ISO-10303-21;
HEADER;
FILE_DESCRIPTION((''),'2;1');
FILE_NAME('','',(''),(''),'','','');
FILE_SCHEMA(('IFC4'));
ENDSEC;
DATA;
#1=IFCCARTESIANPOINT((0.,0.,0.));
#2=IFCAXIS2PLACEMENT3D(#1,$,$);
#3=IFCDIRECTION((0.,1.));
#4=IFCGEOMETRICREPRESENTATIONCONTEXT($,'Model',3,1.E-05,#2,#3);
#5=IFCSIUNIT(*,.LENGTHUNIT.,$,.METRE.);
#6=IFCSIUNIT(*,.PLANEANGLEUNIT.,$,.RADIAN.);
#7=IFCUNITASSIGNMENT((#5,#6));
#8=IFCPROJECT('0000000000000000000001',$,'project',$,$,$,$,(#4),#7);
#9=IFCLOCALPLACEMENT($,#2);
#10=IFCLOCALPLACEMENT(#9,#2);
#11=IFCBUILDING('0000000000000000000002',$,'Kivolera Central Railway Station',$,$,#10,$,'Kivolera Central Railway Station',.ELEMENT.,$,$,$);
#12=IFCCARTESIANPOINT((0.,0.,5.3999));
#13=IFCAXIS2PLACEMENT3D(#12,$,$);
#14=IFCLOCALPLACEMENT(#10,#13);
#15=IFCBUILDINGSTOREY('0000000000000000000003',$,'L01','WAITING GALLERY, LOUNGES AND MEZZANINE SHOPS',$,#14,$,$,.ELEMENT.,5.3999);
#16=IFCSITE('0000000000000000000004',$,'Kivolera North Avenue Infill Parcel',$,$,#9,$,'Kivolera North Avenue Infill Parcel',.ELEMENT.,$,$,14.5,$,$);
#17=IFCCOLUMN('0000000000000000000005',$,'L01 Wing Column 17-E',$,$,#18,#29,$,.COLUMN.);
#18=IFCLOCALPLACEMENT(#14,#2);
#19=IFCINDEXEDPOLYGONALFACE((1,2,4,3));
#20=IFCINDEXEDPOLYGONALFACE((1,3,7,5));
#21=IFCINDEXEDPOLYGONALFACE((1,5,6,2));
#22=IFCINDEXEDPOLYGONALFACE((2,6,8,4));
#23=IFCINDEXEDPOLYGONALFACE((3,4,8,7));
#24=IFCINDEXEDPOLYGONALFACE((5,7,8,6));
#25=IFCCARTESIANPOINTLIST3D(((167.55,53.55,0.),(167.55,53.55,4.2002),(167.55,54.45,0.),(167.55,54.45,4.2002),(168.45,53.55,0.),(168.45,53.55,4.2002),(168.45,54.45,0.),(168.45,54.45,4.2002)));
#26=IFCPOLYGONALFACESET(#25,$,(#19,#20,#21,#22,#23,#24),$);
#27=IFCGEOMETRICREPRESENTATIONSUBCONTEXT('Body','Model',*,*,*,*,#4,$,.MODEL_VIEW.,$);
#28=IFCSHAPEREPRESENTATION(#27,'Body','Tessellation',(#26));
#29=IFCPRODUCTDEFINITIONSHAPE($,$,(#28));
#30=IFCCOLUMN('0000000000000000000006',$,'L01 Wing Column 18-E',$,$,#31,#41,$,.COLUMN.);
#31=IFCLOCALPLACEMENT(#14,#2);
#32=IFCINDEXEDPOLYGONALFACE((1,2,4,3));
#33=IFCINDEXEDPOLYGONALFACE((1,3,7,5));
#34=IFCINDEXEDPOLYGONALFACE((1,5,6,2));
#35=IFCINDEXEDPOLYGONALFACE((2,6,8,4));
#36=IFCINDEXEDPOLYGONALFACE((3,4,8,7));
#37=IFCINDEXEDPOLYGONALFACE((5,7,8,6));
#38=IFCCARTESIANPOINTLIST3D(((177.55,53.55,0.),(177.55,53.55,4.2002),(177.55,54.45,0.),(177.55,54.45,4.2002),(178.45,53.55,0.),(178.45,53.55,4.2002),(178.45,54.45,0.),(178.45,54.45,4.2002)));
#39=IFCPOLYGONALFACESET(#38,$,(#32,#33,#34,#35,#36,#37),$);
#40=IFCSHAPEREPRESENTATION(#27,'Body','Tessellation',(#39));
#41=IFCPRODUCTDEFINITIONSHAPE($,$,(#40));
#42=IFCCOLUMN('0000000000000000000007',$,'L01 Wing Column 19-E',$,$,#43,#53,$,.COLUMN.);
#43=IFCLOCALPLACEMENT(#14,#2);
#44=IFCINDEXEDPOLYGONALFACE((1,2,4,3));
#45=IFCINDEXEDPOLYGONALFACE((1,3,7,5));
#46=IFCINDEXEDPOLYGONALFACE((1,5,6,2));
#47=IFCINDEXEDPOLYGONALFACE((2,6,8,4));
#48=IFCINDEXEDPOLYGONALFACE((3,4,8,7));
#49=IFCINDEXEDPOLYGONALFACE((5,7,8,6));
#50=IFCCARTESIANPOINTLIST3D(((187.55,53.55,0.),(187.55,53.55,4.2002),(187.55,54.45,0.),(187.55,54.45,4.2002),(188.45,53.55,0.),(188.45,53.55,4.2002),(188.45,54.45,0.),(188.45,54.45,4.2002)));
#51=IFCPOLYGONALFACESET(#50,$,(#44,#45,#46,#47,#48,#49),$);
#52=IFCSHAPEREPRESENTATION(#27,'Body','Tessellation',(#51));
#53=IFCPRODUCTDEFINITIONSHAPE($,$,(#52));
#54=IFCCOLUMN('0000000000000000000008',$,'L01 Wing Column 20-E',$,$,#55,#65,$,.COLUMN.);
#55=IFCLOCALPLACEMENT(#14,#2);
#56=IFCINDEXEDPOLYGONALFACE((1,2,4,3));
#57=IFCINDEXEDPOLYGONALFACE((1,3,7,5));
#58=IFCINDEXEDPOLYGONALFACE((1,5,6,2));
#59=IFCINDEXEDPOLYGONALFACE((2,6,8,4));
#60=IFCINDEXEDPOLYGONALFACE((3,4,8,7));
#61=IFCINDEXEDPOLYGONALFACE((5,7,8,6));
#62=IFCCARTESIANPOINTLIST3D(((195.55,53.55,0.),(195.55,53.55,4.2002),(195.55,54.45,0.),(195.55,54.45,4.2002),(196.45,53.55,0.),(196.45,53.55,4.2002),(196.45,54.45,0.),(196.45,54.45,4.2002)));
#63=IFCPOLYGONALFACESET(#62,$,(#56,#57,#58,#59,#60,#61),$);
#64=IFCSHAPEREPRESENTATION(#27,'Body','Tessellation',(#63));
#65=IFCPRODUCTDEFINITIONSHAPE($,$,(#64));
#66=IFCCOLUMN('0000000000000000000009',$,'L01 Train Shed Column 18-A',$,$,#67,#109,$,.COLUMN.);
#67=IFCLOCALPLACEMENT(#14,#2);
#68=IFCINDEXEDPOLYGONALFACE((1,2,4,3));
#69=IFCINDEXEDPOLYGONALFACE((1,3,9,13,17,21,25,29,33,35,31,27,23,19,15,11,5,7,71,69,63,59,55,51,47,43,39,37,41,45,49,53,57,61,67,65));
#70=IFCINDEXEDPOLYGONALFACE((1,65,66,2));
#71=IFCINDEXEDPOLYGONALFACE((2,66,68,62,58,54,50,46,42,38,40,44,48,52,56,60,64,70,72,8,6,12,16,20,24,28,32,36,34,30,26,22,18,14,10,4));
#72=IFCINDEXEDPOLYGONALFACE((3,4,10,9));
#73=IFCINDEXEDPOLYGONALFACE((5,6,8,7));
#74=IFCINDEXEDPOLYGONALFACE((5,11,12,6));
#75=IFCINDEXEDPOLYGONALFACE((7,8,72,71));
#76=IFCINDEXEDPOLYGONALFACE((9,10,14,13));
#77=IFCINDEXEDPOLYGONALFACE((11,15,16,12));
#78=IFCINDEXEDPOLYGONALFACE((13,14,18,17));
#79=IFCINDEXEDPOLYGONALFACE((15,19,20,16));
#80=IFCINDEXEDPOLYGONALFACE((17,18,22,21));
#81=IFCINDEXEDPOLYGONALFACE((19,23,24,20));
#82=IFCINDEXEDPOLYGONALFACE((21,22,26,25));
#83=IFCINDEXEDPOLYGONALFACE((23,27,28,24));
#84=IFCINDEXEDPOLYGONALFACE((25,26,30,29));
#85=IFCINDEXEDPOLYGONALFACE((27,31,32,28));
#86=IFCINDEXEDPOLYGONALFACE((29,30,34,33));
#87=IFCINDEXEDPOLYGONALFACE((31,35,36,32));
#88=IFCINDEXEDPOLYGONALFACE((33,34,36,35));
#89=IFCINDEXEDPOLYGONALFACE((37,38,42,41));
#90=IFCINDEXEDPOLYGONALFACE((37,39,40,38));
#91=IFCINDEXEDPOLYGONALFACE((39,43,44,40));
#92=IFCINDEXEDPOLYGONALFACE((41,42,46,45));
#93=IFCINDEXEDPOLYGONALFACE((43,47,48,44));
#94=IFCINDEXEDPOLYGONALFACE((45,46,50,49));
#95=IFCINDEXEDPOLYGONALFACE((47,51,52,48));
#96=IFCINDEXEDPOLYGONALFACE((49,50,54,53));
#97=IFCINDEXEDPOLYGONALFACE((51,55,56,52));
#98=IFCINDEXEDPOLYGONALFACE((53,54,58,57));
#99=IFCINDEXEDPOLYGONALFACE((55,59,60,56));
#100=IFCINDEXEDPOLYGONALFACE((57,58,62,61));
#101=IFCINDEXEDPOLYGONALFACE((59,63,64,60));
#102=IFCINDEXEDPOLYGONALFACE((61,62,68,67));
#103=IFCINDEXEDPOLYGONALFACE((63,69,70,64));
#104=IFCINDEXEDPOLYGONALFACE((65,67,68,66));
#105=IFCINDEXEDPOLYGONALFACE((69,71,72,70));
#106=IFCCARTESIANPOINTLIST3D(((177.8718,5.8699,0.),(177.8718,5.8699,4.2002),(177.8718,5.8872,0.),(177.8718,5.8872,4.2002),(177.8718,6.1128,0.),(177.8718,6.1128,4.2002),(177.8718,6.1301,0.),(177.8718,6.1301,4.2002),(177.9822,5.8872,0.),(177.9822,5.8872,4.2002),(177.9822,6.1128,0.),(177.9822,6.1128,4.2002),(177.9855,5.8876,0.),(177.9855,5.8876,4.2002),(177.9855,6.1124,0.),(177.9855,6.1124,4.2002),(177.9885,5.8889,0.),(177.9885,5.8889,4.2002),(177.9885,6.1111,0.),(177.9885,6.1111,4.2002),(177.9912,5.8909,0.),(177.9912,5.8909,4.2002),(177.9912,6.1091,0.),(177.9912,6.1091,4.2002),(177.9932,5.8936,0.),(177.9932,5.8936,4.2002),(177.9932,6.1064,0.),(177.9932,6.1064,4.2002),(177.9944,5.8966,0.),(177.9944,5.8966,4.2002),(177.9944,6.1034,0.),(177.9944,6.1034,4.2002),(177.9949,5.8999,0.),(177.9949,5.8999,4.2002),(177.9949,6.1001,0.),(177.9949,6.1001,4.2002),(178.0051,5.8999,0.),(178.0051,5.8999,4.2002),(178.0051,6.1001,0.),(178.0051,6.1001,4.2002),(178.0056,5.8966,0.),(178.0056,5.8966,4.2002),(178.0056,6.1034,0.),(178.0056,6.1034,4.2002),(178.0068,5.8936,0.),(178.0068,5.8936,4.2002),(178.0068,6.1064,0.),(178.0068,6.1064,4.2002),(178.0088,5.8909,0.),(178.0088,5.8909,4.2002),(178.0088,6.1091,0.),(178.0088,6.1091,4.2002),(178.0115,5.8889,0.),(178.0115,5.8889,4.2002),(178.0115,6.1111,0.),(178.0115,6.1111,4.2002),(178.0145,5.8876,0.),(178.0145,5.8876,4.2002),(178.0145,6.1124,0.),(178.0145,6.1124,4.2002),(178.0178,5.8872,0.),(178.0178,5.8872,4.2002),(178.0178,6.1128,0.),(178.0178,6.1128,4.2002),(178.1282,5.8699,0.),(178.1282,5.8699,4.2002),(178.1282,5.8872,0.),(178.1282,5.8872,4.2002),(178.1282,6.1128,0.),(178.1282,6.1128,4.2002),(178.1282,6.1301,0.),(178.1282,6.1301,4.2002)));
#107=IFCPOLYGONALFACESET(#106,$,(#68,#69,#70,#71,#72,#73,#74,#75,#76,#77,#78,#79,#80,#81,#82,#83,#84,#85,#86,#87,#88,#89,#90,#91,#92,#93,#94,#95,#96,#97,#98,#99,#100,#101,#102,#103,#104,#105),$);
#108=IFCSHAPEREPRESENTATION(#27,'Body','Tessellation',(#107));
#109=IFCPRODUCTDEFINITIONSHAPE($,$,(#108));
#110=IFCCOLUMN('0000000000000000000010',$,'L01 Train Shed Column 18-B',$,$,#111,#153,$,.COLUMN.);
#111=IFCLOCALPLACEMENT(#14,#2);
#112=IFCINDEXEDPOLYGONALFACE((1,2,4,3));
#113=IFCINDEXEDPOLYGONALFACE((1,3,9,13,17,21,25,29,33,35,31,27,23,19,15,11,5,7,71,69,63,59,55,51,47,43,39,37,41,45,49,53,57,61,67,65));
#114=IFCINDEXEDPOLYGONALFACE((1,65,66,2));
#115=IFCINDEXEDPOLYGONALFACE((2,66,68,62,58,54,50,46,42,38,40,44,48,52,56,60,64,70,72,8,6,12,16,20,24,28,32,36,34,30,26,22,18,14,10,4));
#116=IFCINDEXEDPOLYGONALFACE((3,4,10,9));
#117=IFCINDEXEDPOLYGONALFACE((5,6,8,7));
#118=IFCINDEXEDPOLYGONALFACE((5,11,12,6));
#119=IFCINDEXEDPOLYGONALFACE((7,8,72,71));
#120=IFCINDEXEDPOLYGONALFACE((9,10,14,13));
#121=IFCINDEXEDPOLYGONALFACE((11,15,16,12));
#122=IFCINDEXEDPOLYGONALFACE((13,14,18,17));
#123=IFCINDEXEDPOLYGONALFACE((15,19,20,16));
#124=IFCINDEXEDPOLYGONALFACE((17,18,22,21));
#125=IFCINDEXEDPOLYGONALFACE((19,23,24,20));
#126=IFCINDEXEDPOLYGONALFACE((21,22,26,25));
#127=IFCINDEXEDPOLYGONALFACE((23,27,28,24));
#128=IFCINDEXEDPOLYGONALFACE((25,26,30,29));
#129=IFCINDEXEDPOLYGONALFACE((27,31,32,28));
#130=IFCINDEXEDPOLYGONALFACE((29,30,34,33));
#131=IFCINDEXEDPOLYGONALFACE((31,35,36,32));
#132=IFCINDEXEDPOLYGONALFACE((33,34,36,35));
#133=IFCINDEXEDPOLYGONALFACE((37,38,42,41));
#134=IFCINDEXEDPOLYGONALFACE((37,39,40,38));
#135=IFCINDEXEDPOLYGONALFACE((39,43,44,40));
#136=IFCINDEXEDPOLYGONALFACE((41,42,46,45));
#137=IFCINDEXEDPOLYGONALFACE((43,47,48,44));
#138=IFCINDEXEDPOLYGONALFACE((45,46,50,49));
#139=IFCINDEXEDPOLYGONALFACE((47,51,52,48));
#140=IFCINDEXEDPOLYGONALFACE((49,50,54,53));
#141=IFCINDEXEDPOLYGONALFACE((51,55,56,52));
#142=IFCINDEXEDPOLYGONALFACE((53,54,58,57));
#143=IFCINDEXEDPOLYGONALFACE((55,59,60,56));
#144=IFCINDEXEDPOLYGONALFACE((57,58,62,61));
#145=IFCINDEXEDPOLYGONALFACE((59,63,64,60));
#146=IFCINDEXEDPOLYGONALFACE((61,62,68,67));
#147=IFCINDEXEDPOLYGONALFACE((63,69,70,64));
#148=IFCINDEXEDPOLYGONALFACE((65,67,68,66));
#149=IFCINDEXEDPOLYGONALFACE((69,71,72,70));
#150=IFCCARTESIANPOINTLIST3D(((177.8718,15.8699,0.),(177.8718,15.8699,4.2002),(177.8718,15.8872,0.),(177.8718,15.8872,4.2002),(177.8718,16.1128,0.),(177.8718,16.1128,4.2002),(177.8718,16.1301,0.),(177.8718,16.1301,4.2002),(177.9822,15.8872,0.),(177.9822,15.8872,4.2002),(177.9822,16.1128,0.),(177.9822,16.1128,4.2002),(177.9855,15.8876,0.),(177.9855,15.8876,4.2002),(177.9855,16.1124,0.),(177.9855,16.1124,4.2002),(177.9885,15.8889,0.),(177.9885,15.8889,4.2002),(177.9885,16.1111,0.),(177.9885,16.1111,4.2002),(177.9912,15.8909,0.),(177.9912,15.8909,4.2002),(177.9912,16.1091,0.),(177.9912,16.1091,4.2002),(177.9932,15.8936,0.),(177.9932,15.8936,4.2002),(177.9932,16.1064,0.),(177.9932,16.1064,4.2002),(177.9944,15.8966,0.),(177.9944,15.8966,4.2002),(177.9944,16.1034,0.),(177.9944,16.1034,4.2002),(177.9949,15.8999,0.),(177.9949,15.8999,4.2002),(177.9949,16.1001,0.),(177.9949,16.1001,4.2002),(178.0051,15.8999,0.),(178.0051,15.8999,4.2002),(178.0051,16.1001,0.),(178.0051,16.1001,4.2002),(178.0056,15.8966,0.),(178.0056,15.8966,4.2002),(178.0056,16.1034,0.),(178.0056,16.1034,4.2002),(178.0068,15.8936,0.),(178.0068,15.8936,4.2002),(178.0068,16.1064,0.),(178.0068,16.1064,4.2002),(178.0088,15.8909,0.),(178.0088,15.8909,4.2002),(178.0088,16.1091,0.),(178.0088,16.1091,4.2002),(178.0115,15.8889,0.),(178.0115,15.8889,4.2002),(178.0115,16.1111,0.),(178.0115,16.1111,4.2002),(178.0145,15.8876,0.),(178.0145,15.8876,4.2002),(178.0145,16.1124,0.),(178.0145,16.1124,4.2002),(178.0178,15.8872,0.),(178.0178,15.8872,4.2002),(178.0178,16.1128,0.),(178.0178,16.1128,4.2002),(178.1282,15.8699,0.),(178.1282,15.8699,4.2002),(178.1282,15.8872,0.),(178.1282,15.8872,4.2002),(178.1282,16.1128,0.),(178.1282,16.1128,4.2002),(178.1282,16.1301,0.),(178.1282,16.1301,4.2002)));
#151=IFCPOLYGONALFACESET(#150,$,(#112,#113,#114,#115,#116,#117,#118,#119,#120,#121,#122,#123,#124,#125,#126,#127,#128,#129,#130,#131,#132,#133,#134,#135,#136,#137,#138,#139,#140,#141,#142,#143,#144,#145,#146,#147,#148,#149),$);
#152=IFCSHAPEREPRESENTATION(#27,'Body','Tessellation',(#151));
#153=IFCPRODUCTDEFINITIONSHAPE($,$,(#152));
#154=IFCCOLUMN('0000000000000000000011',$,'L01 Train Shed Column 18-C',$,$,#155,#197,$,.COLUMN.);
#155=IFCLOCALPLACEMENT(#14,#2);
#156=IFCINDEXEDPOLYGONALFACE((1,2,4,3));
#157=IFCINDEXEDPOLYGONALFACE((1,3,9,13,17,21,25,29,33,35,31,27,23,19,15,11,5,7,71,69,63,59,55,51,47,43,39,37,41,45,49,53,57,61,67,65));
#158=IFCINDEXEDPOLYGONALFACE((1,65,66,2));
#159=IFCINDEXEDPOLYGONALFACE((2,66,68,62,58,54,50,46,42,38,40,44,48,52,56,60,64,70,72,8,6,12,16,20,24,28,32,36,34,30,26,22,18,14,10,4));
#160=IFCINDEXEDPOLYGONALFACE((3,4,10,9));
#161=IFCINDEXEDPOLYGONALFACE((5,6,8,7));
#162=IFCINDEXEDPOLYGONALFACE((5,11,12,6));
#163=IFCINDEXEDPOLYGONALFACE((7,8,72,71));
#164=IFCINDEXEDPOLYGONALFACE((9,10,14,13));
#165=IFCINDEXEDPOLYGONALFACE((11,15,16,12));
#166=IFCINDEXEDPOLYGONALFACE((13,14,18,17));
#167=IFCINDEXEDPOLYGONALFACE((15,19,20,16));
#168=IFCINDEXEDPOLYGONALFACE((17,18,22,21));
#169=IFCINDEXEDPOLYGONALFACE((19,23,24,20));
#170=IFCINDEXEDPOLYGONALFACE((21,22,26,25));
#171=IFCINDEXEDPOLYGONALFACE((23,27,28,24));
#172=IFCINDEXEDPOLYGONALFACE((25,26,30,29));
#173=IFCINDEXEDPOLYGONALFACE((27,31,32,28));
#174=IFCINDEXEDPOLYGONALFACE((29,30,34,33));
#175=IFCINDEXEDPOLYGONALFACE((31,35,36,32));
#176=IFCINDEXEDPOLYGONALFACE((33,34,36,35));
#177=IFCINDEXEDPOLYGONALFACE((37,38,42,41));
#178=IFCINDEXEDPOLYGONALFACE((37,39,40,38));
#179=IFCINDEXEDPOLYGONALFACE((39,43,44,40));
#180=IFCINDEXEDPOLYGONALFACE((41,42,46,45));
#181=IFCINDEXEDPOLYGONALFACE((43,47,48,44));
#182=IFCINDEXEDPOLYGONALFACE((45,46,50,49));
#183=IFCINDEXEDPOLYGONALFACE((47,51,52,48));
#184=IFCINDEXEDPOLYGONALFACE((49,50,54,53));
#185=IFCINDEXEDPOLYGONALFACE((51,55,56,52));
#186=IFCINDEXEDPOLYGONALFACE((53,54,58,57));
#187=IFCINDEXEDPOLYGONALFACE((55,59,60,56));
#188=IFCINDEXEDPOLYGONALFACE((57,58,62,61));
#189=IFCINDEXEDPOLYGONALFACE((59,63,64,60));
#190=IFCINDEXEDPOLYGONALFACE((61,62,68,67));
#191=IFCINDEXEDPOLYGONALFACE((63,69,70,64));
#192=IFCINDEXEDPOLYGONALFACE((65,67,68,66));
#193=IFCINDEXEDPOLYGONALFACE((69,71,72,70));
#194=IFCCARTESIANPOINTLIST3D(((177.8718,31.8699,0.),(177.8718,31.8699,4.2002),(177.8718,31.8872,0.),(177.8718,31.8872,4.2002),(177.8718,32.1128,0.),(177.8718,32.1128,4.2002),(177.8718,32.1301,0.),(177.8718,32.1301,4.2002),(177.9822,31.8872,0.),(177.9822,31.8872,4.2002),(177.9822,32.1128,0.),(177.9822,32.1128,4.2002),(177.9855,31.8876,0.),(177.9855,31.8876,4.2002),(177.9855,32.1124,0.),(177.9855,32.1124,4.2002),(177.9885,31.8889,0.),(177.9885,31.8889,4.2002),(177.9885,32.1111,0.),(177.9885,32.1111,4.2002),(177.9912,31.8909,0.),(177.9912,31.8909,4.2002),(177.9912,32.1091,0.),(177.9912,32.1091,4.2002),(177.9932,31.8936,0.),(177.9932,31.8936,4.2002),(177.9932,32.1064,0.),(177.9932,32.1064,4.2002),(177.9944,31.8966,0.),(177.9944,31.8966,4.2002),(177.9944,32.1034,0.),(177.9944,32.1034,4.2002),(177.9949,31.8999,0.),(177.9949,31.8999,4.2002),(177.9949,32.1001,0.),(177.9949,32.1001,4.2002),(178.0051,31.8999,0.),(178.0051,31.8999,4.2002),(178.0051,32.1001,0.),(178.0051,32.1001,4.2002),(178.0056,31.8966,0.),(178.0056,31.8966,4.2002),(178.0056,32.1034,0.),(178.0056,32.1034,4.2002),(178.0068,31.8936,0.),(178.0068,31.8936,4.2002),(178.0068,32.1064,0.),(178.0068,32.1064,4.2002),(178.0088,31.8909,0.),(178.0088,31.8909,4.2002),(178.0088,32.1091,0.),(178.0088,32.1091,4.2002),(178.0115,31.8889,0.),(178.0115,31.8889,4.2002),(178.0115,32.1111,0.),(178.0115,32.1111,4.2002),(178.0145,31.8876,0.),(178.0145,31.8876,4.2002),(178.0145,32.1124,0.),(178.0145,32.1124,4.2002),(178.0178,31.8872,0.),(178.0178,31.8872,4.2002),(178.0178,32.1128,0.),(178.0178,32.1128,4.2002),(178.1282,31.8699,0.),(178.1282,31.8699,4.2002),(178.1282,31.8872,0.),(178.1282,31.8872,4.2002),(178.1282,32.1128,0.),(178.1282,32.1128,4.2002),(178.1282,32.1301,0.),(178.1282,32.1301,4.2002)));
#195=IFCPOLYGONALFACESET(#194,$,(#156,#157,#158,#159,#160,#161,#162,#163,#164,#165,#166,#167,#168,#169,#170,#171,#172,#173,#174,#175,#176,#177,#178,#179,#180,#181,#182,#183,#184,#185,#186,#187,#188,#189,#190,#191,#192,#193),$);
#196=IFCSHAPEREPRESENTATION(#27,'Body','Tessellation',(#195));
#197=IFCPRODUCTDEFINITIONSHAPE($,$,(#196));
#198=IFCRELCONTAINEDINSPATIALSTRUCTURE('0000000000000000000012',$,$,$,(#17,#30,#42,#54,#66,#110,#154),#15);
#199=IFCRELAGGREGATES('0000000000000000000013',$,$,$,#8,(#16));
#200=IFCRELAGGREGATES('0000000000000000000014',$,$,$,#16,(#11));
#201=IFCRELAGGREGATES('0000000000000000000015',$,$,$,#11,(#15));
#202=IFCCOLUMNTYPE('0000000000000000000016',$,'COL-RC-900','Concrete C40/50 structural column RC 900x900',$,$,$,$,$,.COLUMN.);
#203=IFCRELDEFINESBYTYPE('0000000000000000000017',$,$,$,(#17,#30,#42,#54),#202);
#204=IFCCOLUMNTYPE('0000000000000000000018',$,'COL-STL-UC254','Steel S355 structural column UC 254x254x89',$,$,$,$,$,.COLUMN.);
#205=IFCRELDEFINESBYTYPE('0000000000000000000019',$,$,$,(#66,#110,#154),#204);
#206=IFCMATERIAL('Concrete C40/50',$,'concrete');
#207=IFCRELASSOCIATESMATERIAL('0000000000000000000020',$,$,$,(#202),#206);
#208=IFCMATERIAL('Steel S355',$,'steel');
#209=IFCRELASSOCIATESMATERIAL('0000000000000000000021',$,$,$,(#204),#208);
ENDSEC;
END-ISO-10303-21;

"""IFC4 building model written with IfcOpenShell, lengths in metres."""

from ifc_helpers import new_model, si_unit, direction, frame, origin, origin_2d, place, context, subcontext, project, spatial, rectangle, i_section, extrude, material, material_profile, profile_set, type_object, element, save


model = new_model("IFC4")

# Units and contexts
model_context = context("Model", 3, precision=1e-05, world=origin(), true_north=direction((0.0, 1.0)))
body_context = subcontext(model_context, "Body", "Model", "MODEL_VIEW")
ifc_project = project(units=[si_unit("LENGTHUNIT", "METRE"), si_unit("PLANEANGLEUNIT", "RADIAN")], contexts=[model_context])

# Site, building, storey
site_placement = place(None, origin())
site = spatial("IfcSite", under=ifc_project, at=site_placement, Name="Kivolera North Avenue Infill Parcel", LongName="Kivolera North Avenue Infill Parcel", CompositionType="ELEMENT", RefElevation=14.5)
building_placement = place(site_placement, origin())
building = spatial("IfcBuilding", under=site, at=building_placement, Name="Kivolera Central Railway Station", LongName="Kivolera Central Railway Station", CompositionType="ELEMENT")
storey_placement = place(building_placement, frame((0.0, 0.0, 5.3999)))
storey = spatial("IfcBuildingStorey", under=building, at=storey_placement, Name="L01", Description="WAITING GALLERY, LOUNGES AND MEZZANINE SHOPS", CompositionType="ELEMENT", Elevation=5.3999)

# Columns
ifc_material_1 = material(Name="Concrete C40/50", Category="concrete")
ifc_material_profile_1 = material_profile(ifc_material_1, rectangle(XDim=0.8999, YDim=0.8999, at=origin_2d()), Name="RC 900x900")
ifc_profile_set_1 = profile_set([ifc_material_profile_1], Name="Concrete C40/50")
column_type_1 = type_object("IfcColumnType", Name="COL-RC-900", Description="Concrete C40/50 structural column RC 900x900", PredefinedType="COLUMN", material=ifc_profile_set_1)
for number, where, z_axis, x_axis, name in (
    (1, (168.0, 54.0, 0.0), (0.0, 0.0, 1.0), (1.0, 0.0, 0.0), "L01 Wing Column 17-E"),
    (2, (178.0, 54.0, 0.0), (0.0, 0.0, 1.0), (1.0, 0.0, 0.0), "L01 Wing Column 18-E"),
    (3, (188.0, 54.0, 0.0), (0.0, 0.0, 1.0), (1.0, 0.0, 0.0), "L01 Wing Column 19-E"),
    (4, (196.0, 54.0, 0.0), (0.0, 0.0, 1.0), (1.0, 0.0, 0.0), "L01 Wing Column 20-E"),
):
    element("IfcColumn", number, at=place(storey_placement, frame(where, z_axis=z_axis, x_axis=x_axis)), inside=storey, type_object=column_type_1, Name=name, PredefinedType="COLUMN", context=body_context, shape_type="SweptSolid", body=[
        extrude(rectangle(XDim=0.8999, YDim=0.8999, at=origin_2d()), origin(), (0.0, 0.0, 1.0), 4.2002),
    ])
ifc_material_2 = material(Name="Steel S355", Category="steel")
ifc_material_profile_2 = material_profile(ifc_material_2, i_section(OverallWidth=0.2563, OverallDepth=0.2603, WebThickness=0.0103, FlangeThickness=0.0173, FilletRadius=0.0127, at=origin_2d()), Name="UC 254x254x89")
ifc_profile_set_2 = profile_set([ifc_material_profile_2], Name="Steel S355")
column_type_2 = type_object("IfcColumnType", Name="COL-STL-UC254", Description="Steel S355 structural column UC 254x254x89", PredefinedType="COLUMN", material=ifc_profile_set_2)
for number, where, z_axis, x_axis, name in (
    (5, (178.0, 6.0, 0.0), (0.0, 0.0, 1.0), (1.0, 0.0, 0.0), "L01 Train Shed Column 18-A"),
    (6, (178.0, 16.0, 0.0), (0.0, 0.0, 1.0), (1.0, 0.0, 0.0), "L01 Train Shed Column 18-B"),
    (7, (178.0, 32.0, 0.0), (0.0, 0.0, 1.0), (1.0, 0.0, 0.0), "L01 Train Shed Column 18-C"),
):
    element("IfcColumn", number, at=place(storey_placement, frame(where, z_axis=z_axis, x_axis=x_axis)), inside=storey, type_object=column_type_2, Name=name, PredefinedType="COLUMN", context=body_context, shape_type="SweptSolid", body=[
        extrude(i_section(OverallWidth=0.2563, OverallDepth=0.2603, WebThickness=0.0103, FlangeThickness=0.0173, FilletRadius=0.0127, at=origin_2d()), origin(), (0.0, 0.0, 1.0), 4.2002),
    ])

save(model, "model.ifc")
